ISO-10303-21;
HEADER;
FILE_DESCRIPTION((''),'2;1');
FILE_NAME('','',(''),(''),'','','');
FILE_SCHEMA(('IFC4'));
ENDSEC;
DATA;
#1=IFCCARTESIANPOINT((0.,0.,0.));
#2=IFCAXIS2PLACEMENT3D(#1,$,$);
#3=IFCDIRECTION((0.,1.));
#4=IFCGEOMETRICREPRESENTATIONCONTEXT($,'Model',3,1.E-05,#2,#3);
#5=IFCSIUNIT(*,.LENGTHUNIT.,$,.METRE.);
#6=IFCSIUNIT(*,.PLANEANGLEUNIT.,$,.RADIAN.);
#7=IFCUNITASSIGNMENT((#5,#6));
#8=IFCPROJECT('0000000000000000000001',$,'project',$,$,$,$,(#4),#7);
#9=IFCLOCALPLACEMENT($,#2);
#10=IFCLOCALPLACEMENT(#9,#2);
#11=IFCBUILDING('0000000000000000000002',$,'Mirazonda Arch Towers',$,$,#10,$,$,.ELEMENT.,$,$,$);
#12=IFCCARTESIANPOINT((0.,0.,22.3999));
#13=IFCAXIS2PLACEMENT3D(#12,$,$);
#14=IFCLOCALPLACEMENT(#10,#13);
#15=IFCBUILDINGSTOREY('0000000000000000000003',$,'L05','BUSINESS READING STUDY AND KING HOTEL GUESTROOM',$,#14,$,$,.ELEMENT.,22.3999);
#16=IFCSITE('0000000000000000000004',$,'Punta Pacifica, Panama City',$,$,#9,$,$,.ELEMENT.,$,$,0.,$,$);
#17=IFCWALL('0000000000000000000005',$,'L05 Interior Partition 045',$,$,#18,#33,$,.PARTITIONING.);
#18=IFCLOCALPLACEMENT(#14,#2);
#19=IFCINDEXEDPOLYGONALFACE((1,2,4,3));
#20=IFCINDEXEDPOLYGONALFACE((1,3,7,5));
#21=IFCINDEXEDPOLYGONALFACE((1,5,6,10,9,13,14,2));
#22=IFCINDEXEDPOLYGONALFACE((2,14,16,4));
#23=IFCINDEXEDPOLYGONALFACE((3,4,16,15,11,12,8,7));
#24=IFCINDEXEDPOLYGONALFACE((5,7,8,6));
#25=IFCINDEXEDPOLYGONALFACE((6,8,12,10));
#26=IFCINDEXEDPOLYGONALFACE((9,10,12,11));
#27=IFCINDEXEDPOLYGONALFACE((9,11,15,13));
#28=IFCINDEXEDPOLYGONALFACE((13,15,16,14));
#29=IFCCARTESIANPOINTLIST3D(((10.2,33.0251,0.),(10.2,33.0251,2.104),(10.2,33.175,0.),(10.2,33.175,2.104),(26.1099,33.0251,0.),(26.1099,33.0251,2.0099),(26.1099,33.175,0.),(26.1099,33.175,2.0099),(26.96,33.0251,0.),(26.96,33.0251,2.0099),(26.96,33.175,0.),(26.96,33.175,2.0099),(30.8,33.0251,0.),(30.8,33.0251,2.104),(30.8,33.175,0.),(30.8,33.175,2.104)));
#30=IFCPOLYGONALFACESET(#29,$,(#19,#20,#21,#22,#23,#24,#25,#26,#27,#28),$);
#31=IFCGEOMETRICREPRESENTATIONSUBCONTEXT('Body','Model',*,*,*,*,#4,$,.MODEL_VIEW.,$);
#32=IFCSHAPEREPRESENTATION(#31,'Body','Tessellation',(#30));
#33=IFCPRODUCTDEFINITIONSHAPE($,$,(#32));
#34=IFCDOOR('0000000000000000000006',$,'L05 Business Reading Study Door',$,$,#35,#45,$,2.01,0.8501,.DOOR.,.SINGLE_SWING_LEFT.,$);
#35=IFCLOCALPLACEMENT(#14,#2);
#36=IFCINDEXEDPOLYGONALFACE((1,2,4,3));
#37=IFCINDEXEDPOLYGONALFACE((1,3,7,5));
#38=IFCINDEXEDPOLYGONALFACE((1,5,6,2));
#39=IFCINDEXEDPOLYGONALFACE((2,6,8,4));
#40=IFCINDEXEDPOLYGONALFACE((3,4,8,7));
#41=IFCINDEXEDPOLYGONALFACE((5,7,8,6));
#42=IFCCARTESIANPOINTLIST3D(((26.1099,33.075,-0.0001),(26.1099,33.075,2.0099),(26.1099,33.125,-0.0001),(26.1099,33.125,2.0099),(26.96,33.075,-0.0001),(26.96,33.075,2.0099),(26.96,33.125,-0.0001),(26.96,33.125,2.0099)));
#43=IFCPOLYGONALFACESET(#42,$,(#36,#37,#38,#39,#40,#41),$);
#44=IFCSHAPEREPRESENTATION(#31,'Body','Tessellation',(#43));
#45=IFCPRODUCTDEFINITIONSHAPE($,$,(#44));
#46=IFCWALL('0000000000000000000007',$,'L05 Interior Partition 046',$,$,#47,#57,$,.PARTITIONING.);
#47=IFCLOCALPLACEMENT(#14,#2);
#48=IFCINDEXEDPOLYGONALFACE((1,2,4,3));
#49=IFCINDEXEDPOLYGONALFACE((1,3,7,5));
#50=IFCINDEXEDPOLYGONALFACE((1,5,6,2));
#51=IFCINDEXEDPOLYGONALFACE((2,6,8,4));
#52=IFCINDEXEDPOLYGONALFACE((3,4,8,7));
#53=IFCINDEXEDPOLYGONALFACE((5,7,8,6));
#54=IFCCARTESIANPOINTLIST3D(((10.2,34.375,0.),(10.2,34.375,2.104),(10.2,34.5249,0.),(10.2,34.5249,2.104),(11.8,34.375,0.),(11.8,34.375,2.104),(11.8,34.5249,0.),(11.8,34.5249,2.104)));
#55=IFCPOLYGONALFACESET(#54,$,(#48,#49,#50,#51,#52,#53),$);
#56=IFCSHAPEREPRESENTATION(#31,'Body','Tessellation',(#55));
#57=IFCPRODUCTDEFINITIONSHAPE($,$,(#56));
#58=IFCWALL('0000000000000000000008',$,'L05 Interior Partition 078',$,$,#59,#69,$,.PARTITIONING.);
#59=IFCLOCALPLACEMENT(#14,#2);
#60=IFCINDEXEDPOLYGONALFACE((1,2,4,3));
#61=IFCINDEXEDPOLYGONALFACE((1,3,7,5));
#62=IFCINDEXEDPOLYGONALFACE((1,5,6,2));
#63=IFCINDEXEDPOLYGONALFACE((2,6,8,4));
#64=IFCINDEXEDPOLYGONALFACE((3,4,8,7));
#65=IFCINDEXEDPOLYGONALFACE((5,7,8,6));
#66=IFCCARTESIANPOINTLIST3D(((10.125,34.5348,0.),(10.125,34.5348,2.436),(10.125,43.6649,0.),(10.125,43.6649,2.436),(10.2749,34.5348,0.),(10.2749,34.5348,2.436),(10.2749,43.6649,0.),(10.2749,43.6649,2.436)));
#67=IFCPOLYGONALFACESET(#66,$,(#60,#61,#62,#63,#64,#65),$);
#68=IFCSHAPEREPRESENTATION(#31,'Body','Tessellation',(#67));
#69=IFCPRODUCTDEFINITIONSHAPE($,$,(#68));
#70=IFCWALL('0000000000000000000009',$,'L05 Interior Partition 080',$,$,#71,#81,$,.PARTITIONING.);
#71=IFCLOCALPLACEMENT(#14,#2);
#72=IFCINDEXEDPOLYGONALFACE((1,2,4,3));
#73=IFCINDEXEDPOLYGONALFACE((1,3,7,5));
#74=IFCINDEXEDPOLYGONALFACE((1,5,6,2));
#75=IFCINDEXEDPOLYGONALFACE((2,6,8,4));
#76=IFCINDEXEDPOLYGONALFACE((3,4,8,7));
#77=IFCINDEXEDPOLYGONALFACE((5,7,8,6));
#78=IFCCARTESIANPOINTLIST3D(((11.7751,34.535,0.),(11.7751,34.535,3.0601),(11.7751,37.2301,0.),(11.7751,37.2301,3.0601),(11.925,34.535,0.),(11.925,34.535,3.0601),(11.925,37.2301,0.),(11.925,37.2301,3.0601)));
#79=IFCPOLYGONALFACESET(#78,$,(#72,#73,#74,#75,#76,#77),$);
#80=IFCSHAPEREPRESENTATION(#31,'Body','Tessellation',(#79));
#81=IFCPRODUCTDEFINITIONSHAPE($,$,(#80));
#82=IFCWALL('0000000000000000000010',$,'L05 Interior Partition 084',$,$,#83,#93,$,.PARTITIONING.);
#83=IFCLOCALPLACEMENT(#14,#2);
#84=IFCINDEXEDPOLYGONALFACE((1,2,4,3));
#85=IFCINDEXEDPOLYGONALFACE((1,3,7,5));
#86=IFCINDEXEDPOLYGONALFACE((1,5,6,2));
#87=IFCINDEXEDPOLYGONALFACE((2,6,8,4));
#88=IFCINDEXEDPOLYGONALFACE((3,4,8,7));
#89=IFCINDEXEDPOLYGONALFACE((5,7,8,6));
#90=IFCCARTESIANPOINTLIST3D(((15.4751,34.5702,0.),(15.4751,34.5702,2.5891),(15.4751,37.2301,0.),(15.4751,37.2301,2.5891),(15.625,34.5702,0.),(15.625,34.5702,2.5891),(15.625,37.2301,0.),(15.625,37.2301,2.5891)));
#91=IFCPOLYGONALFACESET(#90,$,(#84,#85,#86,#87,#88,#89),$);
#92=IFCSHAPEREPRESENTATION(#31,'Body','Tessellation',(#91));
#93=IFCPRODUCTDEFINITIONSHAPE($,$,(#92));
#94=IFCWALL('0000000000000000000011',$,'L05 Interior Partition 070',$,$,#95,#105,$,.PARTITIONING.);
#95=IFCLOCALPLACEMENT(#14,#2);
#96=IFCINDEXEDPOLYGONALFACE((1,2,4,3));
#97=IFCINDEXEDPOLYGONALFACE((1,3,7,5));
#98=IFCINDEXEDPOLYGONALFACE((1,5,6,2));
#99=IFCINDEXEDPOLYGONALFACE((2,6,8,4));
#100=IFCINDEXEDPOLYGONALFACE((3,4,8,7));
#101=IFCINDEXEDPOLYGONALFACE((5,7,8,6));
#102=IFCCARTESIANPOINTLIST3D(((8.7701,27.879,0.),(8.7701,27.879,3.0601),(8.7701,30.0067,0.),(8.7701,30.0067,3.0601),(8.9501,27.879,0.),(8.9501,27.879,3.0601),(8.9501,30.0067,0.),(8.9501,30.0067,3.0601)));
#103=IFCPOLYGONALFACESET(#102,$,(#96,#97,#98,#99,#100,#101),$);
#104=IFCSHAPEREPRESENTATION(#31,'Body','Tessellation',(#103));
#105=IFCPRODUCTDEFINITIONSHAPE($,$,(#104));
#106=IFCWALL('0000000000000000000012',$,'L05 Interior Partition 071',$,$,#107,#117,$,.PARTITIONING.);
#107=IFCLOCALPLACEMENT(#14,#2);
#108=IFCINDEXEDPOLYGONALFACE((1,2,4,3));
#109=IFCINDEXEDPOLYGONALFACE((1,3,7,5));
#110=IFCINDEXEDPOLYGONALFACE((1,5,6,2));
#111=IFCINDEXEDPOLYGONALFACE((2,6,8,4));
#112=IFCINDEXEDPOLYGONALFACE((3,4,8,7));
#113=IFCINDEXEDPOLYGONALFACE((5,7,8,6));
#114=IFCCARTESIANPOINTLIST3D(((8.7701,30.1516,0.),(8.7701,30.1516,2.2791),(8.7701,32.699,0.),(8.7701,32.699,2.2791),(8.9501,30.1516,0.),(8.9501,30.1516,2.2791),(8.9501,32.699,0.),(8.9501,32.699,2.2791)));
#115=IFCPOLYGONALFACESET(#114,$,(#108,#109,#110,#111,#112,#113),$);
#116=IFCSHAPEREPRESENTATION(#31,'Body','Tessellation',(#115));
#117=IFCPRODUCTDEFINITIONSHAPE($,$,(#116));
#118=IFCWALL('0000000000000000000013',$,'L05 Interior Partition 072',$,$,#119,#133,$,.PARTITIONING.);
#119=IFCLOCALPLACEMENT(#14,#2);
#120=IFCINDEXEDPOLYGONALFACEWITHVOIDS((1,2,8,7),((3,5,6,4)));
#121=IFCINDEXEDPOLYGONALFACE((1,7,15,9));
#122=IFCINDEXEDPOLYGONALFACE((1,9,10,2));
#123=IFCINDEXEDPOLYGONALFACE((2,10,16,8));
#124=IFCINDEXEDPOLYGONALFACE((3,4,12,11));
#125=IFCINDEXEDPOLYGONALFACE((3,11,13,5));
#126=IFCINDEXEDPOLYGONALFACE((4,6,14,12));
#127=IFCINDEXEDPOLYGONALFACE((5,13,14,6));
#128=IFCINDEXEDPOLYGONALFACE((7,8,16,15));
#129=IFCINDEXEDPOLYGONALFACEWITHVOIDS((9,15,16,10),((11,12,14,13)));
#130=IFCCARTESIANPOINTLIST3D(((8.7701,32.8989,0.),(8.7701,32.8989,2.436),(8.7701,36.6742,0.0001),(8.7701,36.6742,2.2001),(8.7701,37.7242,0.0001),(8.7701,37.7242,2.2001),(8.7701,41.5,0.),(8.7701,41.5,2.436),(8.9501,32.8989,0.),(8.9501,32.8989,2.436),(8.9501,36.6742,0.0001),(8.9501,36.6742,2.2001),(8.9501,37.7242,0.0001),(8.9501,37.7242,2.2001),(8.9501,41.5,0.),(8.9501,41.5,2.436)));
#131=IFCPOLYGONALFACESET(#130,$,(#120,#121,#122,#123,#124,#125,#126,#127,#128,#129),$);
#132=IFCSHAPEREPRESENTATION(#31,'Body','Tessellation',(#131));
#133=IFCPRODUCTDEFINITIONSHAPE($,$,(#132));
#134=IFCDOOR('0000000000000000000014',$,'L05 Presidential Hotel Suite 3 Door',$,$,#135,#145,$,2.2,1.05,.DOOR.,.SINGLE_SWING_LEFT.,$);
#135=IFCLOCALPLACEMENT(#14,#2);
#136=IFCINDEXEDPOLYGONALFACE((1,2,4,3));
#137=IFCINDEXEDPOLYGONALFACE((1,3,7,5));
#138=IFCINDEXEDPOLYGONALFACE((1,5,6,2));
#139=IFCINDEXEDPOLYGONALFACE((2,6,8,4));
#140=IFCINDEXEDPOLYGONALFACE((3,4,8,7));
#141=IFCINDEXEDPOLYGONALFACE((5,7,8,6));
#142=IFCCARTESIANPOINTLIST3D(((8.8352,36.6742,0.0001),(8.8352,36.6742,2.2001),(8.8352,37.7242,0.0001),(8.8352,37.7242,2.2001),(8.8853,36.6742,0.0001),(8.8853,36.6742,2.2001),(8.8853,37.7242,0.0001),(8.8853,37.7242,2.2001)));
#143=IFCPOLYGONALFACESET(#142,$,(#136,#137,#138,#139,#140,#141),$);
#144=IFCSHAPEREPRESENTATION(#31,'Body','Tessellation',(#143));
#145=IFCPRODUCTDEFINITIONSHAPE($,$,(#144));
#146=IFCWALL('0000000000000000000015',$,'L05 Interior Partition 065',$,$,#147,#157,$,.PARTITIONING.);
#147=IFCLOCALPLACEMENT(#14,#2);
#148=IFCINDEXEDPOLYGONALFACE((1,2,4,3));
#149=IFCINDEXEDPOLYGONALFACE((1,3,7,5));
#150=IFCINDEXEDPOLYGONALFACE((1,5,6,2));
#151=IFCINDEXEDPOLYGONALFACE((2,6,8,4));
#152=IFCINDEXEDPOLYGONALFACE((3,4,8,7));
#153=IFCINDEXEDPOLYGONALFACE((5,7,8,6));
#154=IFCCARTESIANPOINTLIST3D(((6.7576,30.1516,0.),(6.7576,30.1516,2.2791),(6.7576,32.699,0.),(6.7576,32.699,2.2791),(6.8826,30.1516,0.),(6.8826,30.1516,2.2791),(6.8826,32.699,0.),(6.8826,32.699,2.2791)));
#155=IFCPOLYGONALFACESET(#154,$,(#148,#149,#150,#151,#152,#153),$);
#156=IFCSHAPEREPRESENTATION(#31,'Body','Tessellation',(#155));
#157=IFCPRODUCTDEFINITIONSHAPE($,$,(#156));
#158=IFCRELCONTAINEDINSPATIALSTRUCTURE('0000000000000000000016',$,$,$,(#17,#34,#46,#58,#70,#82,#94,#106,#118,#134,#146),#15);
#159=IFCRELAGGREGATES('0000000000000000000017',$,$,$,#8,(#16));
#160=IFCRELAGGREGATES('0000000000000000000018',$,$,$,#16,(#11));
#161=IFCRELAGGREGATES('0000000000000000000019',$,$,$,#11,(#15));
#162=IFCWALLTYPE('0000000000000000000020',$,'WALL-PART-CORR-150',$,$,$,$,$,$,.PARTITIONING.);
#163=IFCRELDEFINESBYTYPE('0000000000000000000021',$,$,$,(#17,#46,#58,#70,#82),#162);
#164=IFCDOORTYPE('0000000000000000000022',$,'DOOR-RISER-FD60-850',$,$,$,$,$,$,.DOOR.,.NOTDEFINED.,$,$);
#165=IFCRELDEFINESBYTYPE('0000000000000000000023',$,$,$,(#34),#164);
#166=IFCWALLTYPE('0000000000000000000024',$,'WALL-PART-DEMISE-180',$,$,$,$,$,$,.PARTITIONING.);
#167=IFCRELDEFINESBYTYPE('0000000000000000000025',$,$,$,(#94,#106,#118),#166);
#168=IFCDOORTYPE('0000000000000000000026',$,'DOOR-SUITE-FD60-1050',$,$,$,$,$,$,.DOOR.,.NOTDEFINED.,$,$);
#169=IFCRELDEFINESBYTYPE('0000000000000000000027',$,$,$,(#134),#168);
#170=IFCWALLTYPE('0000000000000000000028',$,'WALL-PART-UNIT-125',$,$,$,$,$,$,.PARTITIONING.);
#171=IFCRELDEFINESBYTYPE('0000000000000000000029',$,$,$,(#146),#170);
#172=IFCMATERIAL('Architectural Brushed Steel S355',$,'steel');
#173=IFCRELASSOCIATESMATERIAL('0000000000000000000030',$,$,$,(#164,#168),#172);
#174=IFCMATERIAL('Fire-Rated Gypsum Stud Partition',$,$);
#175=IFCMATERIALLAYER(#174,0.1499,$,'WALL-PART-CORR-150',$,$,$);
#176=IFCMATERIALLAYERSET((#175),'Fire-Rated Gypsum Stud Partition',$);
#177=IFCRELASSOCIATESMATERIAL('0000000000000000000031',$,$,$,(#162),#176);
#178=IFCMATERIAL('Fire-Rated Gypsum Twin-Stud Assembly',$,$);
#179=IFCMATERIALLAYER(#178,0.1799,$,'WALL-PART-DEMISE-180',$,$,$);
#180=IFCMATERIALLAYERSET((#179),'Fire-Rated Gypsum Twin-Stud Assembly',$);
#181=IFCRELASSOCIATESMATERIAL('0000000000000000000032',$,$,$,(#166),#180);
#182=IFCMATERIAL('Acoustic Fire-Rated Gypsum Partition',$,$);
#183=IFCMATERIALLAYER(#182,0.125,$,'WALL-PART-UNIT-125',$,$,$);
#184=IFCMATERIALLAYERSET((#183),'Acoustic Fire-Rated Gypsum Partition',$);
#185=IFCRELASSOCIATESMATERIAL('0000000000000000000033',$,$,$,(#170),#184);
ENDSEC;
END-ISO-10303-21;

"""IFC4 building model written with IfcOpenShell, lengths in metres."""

from ifc_helpers import new_model, si_unit, direction, frame, frame_2d, origin, place, context, subcontext, project, spatial, rectangle, extrude, material, layer, layer_set, type_object, element, fill, save


model = new_model("IFC4")

# Units and contexts
model_context = context("Model", 3, precision=1e-05, world=origin(), true_north=direction((0.0, 1.0)))
body_context = subcontext(model_context, "Body", "Model", "MODEL_VIEW")
ifc_project = project(units=[si_unit("LENGTHUNIT", "METRE"), si_unit("PLANEANGLEUNIT", "RADIAN")], contexts=[model_context])

# Site, building, storey
site_placement = place(None, origin())
site = spatial("IfcSite", under=ifc_project, at=site_placement, Name="Punta Pacifica, Panama City", CompositionType="ELEMENT", RefElevation=0.0)
building_placement = place(site_placement, origin())
building = spatial("IfcBuilding", under=site, at=building_placement, Name="Mirazonda Arch Towers", CompositionType="ELEMENT")
storey_placement = place(building_placement, frame((0.0, 0.0, 22.3999)))
storey = spatial("IfcBuildingStorey", under=building, at=storey_placement, Name="L05", Description="BUSINESS READING STUDY AND KING HOTEL GUESTROOM", CompositionType="ELEMENT", Elevation=22.3999)

# Shared definitions
ifc_material_1 = material(Name="Architectural Brushed Steel S355", Category="steel")
door_type_1 = type_object("IfcDoorType", Name="DOOR-RISER-FD60-850", OperationType="NOTDEFINED", PredefinedType="DOOR", material=ifc_material_1)

# Wall, opening, door
ifc_material_2 = material(Name="Fire-Rated Gypsum Stud Partition")
ifc_layer_1 = layer(ifc_material_2, 0.1499, Name="WALL-PART-CORR-150")
ifc_layer_set_1 = layer_set([ifc_layer_1], Name="Fire-Rated Gypsum Stud Partition")
wall_type_1 = type_object("IfcWallType", Name="WALL-PART-CORR-150", PredefinedType="PARTITIONING", material=ifc_layer_set_1)
wall_1_placement = place(storey_placement, frame((10.2, 33.1001, 0.0), z_axis=(0.0, 0.0, 1.0), x_axis=(1.0, 0.0, 0.0)))
wall_1 = element("IfcWall", 1, at=wall_1_placement, inside=storey, type_object=wall_type_1, Name="L05 Interior Partition 045", PredefinedType="PARTITIONING", context=body_context, shape_type="SweptSolid", body=[
    extrude(rectangle(XDim=20.6001, YDim=0.1499, at=frame_2d((10.3, 0.0))), origin(), (0.0, 0.0, 1.0), 2.104),
])
opening_1_placement = place(wall_1_placement, frame((15.9099, 0.0, 0.0)))
opening_1 = element("IfcOpeningElement", 2, at=opening_1_placement, cuts=wall_1, PredefinedType="OPENING", context=body_context, shape_type="SweptSolid", body=[
    extrude(rectangle(XDim=0.8501, YDim=2.01, at=frame_2d((0.425, 1.0049))), frame((0.0, 0.085, 0.0), z_axis=(0.0, -1.0, 0.0), x_axis=(1.0, 0.0, 0.0)), (0.0, 0.0, 1.0), 0.1699),
])
door_1_placement = place(opening_1_placement, origin())
door_1 = element("IfcDoor", 3, at=door_1_placement, inside=storey, type_object=door_type_1, Name="L05 Business Reading Study Door", OperationType="SINGLE_SWING_LEFT", OverallHeight=2.01, OverallWidth=0.8501, PredefinedType="DOOR", context=body_context, shape_type="SweptSolid", body=[
    extrude(rectangle(XDim=0.8501, YDim=2.01, at=frame_2d((0.425, 1.0049))), frame((0.0, 0.0249, 0.0), z_axis=(0.0, -1.0, 0.0), x_axis=(1.0, 0.0, 0.0)), (0.0, 0.0, 1.0), 0.05),
])
fill(opening_1, door_1)

# Walls
wall_2_placement = place(storey_placement, frame((10.2, 34.45, 0.0), z_axis=(0.0, 0.0, 1.0), x_axis=(1.0, 0.0, 0.0)))
element("IfcWall", 4, at=wall_2_placement, inside=storey, type_object=wall_type_1, Name="L05 Interior Partition 046", PredefinedType="PARTITIONING", context=body_context, shape_type="SweptSolid", body=[
    extrude(rectangle(XDim=1.6001, YDim=0.1499, at=frame_2d((0.8, 0.0))), origin(), (0.0, 0.0, 1.0), 2.104),
])
wall_3_placement = place(storey_placement, frame((10.2, 34.5349, 0.0), z_axis=(0.0, 0.0, 1.0), x_axis=(0.0, 1.0, 0.0)))
element("IfcWall", 5, at=wall_3_placement, inside=storey, type_object=wall_type_1, Name="L05 Interior Partition 078", PredefinedType="PARTITIONING", context=body_context, shape_type="SweptSolid", body=[
    extrude(rectangle(XDim=9.1301, YDim=0.1499, at=frame_2d((4.5649, 0.0))), origin(), (0.0, 0.0, 1.0), 2.436),
])
wall_4_placement = place(storey_placement, frame((11.8501, 34.5349, 0.0), z_axis=(0.0, 0.0, 1.0), x_axis=(0.0, 1.0, 0.0)))
element("IfcWall", 6, at=wall_4_placement, inside=storey, type_object=wall_type_1, Name="L05 Interior Partition 080", PredefinedType="PARTITIONING", context=body_context, shape_type="SweptSolid", body=[
    extrude(rectangle(XDim=2.6951, YDim=0.1499, at=frame_2d((1.3477, 0.0))), origin(), (0.0, 0.0, 1.0), 3.0601),
])
wall_5_placement = place(storey_placement, frame((15.55, 34.5701, 0.0), z_axis=(0.0, 0.0, 1.0), x_axis=(0.0, 1.0, 0.0)))
element("IfcWall", 7, at=wall_5_placement, inside=storey, type_object=wall_type_1, Name="L05 Interior Partition 084", PredefinedType="PARTITIONING", context=body_context, shape_type="SweptSolid", body=[
    extrude(rectangle(XDim=2.6599, YDim=0.1499, at=frame_2d((1.3301, 0.0))), origin(), (0.0, 0.0, 1.0), 2.5891),
])
ifc_material_3 = material(Name="Fire-Rated Gypsum Twin-Stud Assembly")
ifc_layer_2 = layer(ifc_material_3, 0.1799, Name="WALL-PART-DEMISE-180")
ifc_layer_set_2 = layer_set([ifc_layer_2], Name="Fire-Rated Gypsum Twin-Stud Assembly")
wall_type_2 = type_object("IfcWallType", Name="WALL-PART-DEMISE-180", PredefinedType="PARTITIONING", material=ifc_layer_set_2)
wall_6_placement = place(storey_placement, frame((8.8601, 27.8789, 0.0), z_axis=(0.0, 0.0, 1.0), x_axis=(0.0, 1.0, 0.0)))
element("IfcWall", 8, at=wall_6_placement, inside=storey, type_object=wall_type_2, Name="L05 Interior Partition 070", PredefinedType="PARTITIONING", context=body_context, shape_type="SweptSolid", body=[
    extrude(rectangle(XDim=2.1277, YDim=0.1799, at=frame_2d((1.064, 0.0))), origin(), (0.0, 0.0, 1.0), 3.0601),
])
wall_7_placement = place(storey_placement, frame((8.8601, 30.1516, 0.0), z_axis=(0.0, 0.0, 1.0), x_axis=(0.0, 1.0, 0.0)))
element("IfcWall", 9, at=wall_7_placement, inside=storey, type_object=wall_type_2, Name="L05 Interior Partition 071", PredefinedType="PARTITIONING", context=body_context, shape_type="SweptSolid", body=[
    extrude(rectangle(XDim=2.5474, YDim=0.1799, at=frame_2d((1.2737, 0.0))), origin(), (0.0, 0.0, 1.0), 2.2791),
])

# Wall, opening, door
wall_8_placement = place(storey_placement, frame((8.8601, 32.8989, 0.0), z_axis=(0.0, 0.0, 1.0), x_axis=(0.0, 1.0, 0.0)))
wall_8 = element("IfcWall", 10, at=wall_8_placement, inside=storey, type_object=wall_type_2, Name="L05 Interior Partition 072", PredefinedType="PARTITIONING", context=body_context, shape_type="SweptSolid", body=[
    extrude(rectangle(XDim=8.6011, YDim=0.1799, at=frame_2d((4.3005, 0.0))), origin(), (0.0, 0.0, 1.0), 2.436),
])
opening_2_placement = place(wall_8_placement, frame((3.7754, 0.0, 0.0)))
opening_2 = element("IfcOpeningElement", 11, at=opening_2_placement, cuts=wall_8, PredefinedType="OPENING", context=body_context, shape_type="SweptSolid", body=[
    extrude(rectangle(XDim=1.05, YDim=2.2, at=frame_2d((0.5249, 1.1001))), frame((0.0, 0.0999, 0.0), z_axis=(0.0, -1.0, 0.0), x_axis=(1.0, 0.0, 0.0)), (0.0, 0.0, 1.0), 0.2),
])
door_type_2 = type_object("IfcDoorType", Name="DOOR-SUITE-FD60-1050", OperationType="NOTDEFINED", PredefinedType="DOOR", material=ifc_material_1)
door_2_placement = place(opening_2_placement, origin())
door_2 = element("IfcDoor", 12, at=door_2_placement, inside=storey, type_object=door_type_2, Name="L05 Presidential Hotel Suite 3 Door", OperationType="SINGLE_SWING_LEFT", OverallHeight=2.2, OverallWidth=1.05, PredefinedType="DOOR", context=body_context, shape_type="SweptSolid", body=[
    extrude(rectangle(XDim=1.05, YDim=2.2, at=frame_2d((0.5249, 1.1001))), frame((0.0, 0.0249, 0.0), z_axis=(0.0, -1.0, 0.0), x_axis=(1.0, 0.0, 0.0)), (0.0, 0.0, 1.0), 0.05),
])
fill(opening_2, door_2)

# Wall
ifc_material_4 = material(Name="Acoustic Fire-Rated Gypsum Partition")
ifc_layer_3 = layer(ifc_material_4, 0.125, Name="WALL-PART-UNIT-125")
ifc_layer_set_3 = layer_set([ifc_layer_3], Name="Acoustic Fire-Rated Gypsum Partition")
wall_type_3 = type_object("IfcWallType", Name="WALL-PART-UNIT-125", PredefinedType="PARTITIONING", material=ifc_layer_set_3)
wall_9_placement = place(storey_placement, frame((6.8201, 30.1516, 0.0), z_axis=(0.0, 0.0, 1.0), x_axis=(0.0, 1.0, 0.0)))
element("IfcWall", 13, at=wall_9_placement, inside=storey, type_object=wall_type_3, Name="L05 Interior Partition 065", PredefinedType="PARTITIONING", context=body_context, shape_type="SweptSolid", body=[
    extrude(rectangle(XDim=2.5474, YDim=0.125, at=frame_2d((1.2737, 0.0))), origin(), (0.0, 0.0, 1.0), 2.2791),
])

save(model, "model.ifc")
